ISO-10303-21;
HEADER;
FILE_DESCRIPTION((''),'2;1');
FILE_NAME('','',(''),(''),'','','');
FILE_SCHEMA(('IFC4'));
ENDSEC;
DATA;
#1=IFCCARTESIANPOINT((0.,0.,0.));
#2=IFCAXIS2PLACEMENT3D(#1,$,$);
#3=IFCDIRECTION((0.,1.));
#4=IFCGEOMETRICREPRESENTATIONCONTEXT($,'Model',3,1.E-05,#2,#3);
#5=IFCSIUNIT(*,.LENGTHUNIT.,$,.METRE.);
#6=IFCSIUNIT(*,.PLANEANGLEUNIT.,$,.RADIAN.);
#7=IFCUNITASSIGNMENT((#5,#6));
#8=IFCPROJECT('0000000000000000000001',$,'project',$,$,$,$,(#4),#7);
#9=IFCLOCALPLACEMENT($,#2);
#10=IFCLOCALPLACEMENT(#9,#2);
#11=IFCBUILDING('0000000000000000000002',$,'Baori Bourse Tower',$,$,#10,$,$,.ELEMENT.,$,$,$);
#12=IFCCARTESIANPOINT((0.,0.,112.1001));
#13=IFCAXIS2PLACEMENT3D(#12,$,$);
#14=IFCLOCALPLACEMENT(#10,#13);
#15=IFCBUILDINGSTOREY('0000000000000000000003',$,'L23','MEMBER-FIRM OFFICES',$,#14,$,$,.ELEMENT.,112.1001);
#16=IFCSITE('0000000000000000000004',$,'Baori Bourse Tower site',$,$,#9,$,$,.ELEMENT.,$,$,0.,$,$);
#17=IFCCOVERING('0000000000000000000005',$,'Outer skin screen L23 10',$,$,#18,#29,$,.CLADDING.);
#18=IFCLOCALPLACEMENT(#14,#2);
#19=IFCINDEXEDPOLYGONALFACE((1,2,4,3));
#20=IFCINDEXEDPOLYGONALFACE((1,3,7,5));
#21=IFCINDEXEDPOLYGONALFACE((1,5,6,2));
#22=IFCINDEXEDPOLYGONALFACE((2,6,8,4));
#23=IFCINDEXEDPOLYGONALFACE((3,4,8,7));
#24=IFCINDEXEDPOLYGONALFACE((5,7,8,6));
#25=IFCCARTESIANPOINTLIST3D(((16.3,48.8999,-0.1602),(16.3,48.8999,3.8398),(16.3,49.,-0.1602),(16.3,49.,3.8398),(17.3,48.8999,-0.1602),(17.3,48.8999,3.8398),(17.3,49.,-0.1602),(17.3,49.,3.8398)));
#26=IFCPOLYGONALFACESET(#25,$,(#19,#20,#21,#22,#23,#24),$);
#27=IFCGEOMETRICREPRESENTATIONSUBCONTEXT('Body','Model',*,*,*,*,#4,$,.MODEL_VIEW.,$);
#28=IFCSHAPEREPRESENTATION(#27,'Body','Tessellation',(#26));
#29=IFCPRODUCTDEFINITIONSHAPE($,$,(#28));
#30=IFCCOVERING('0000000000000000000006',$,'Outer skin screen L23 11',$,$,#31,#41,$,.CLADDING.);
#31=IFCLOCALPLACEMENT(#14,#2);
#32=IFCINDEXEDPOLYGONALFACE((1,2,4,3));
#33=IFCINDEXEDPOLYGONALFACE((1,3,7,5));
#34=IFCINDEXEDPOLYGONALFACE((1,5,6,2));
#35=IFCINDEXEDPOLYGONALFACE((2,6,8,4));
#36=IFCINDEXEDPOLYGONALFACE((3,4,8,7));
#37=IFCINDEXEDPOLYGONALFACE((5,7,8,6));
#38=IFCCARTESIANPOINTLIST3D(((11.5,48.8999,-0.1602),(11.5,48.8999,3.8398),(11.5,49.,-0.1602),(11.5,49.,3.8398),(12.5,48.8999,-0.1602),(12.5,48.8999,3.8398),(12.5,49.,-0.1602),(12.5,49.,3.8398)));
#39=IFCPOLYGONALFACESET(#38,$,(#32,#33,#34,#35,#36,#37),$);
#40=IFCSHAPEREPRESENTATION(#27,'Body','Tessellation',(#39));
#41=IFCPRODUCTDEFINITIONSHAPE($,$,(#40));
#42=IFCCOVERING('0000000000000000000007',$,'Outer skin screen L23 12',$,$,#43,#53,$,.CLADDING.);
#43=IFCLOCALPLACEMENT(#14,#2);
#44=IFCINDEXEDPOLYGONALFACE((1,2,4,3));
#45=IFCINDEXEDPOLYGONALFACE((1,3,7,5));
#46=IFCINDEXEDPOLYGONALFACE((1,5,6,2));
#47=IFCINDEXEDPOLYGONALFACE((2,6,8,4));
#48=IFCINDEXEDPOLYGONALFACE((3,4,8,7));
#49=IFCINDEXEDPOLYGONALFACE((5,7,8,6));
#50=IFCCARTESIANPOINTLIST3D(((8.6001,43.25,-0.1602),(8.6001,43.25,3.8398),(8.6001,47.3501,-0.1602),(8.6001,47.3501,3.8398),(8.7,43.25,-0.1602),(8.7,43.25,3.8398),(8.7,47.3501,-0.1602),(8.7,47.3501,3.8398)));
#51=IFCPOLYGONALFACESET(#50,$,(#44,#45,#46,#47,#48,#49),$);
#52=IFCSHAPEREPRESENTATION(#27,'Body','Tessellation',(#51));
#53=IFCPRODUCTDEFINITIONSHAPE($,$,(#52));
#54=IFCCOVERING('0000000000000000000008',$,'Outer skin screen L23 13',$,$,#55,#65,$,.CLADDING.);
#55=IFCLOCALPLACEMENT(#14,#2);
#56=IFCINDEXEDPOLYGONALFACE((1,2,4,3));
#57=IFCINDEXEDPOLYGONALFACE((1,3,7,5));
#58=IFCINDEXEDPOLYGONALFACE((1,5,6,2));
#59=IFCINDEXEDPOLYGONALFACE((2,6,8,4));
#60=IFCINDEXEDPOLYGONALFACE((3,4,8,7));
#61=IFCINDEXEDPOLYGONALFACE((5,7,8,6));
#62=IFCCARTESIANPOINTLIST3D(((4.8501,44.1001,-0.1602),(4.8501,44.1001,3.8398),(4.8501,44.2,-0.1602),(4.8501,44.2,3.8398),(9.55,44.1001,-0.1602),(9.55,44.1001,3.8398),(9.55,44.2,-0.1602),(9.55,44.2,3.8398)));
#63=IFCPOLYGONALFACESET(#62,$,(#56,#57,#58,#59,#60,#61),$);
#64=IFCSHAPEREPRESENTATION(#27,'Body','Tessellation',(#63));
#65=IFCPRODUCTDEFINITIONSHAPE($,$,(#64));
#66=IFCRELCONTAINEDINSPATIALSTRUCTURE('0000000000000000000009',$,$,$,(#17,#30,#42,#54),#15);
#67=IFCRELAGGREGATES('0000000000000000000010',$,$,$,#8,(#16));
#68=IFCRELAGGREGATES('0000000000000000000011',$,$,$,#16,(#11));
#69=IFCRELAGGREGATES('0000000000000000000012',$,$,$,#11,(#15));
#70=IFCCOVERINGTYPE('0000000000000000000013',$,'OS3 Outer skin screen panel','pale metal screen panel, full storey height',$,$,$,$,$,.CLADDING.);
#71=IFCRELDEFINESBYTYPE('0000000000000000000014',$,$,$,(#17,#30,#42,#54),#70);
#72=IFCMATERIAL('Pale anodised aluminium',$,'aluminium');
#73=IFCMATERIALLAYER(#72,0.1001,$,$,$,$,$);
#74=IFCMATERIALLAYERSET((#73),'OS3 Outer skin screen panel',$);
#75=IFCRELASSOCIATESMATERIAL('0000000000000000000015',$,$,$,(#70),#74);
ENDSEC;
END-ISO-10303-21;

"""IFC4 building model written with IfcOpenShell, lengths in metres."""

from ifc_helpers import new_model, si_unit, direction, frame, origin, place, context, subcontext, project, spatial, polyline, outline, extrude, material, layer, layer_set, type_object, element, save


model = new_model("IFC4")

# Units and contexts
model_context = context("Model", 3, precision=1e-05, world=origin(), true_north=direction((0.0, 1.0)))
body_context = subcontext(model_context, "Body", "Model", "MODEL_VIEW")
ifc_project = project(units=[si_unit("LENGTHUNIT", "METRE"), si_unit("PLANEANGLEUNIT", "RADIAN")], contexts=[model_context])

# Site, building, storey
site_placement = place(None, origin())
site = spatial("IfcSite", under=ifc_project, at=site_placement, Name="Baori Bourse Tower site", CompositionType="ELEMENT", RefElevation=0.0)
building_placement = place(site_placement, origin())
building = spatial("IfcBuilding", under=site, at=building_placement, Name="Baori Bourse Tower", CompositionType="ELEMENT")
storey_placement = place(building_placement, frame((0.0, 0.0, 112.1001)))
storey = spatial("IfcBuildingStorey", under=building, at=storey_placement, Name="L23", Description="MEMBER-FIRM OFFICES", CompositionType="ELEMENT", Elevation=112.1001)

# Coverings
ifc_material_1 = material(Name="Pale anodised aluminium", Category="aluminium")
ifc_layer_1 = layer(ifc_material_1, 0.1001)
ifc_layer_set_1 = layer_set([ifc_layer_1], Name="OS3 Outer skin screen panel")
covering_type = type_object("IfcCoveringType", Name="OS3 Outer skin screen panel", Description="pale metal screen panel, full storey height", PredefinedType="CLADDING", material=ifc_layer_set_1)
covering_1_placement = place(storey_placement, frame((0.0, 0.0, -0.1602)))
element("IfcCovering", 1, at=covering_1_placement, inside=storey, type_object=covering_type, Name="Outer skin screen L23 10", PredefinedType="CLADDING", context=body_context, shape_type="SweptSolid", body=[
    extrude(outline(polyline([(16.3, 48.8999), (17.3, 48.8999), (17.3, 49.0), (16.3, 49.0), (16.3, 48.8999)])), origin(), (0.0, 0.0, 1.0), 4.0),
])
covering_2_placement = place(storey_placement, frame((0.0, 0.0, -0.1602)))
element("IfcCovering", 2, at=covering_2_placement, inside=storey, type_object=covering_type, Name="Outer skin screen L23 11", PredefinedType="CLADDING", context=body_context, shape_type="SweptSolid", body=[
    extrude(outline(polyline([(11.5, 48.8999), (12.5, 48.8999), (12.5, 49.0), (11.5, 49.0), (11.5, 48.8999)])), origin(), (0.0, 0.0, 1.0), 4.0),
])
covering_3_placement = place(storey_placement, frame((0.0, 0.0, -0.1602)))
element("IfcCovering", 3, at=covering_3_placement, inside=storey, type_object=covering_type, Name="Outer skin screen L23 12", PredefinedType="CLADDING", context=body_context, shape_type="SweptSolid", body=[
    extrude(outline(polyline([(8.7, 43.25), (8.7, 47.3501), (8.6001, 47.3501), (8.6001, 43.25), (8.7, 43.25)])), origin(), (0.0, 0.0, 1.0), 4.0),
])
covering_4_placement = place(storey_placement, frame((0.0, 0.0, -0.1602)))
element("IfcCovering", 4, at=covering_4_placement, inside=storey, type_object=covering_type, Name="Outer skin screen L23 13", PredefinedType="CLADDING", context=body_context, shape_type="SweptSolid", body=[
    extrude(outline(polyline([(4.8501, 44.1001), (9.55, 44.1001), (9.55, 44.2), (4.8501, 44.2), (4.8501, 44.1001)])), origin(), (0.0, 0.0, 1.0), 4.0),
])

save(model, "model.ifc")
